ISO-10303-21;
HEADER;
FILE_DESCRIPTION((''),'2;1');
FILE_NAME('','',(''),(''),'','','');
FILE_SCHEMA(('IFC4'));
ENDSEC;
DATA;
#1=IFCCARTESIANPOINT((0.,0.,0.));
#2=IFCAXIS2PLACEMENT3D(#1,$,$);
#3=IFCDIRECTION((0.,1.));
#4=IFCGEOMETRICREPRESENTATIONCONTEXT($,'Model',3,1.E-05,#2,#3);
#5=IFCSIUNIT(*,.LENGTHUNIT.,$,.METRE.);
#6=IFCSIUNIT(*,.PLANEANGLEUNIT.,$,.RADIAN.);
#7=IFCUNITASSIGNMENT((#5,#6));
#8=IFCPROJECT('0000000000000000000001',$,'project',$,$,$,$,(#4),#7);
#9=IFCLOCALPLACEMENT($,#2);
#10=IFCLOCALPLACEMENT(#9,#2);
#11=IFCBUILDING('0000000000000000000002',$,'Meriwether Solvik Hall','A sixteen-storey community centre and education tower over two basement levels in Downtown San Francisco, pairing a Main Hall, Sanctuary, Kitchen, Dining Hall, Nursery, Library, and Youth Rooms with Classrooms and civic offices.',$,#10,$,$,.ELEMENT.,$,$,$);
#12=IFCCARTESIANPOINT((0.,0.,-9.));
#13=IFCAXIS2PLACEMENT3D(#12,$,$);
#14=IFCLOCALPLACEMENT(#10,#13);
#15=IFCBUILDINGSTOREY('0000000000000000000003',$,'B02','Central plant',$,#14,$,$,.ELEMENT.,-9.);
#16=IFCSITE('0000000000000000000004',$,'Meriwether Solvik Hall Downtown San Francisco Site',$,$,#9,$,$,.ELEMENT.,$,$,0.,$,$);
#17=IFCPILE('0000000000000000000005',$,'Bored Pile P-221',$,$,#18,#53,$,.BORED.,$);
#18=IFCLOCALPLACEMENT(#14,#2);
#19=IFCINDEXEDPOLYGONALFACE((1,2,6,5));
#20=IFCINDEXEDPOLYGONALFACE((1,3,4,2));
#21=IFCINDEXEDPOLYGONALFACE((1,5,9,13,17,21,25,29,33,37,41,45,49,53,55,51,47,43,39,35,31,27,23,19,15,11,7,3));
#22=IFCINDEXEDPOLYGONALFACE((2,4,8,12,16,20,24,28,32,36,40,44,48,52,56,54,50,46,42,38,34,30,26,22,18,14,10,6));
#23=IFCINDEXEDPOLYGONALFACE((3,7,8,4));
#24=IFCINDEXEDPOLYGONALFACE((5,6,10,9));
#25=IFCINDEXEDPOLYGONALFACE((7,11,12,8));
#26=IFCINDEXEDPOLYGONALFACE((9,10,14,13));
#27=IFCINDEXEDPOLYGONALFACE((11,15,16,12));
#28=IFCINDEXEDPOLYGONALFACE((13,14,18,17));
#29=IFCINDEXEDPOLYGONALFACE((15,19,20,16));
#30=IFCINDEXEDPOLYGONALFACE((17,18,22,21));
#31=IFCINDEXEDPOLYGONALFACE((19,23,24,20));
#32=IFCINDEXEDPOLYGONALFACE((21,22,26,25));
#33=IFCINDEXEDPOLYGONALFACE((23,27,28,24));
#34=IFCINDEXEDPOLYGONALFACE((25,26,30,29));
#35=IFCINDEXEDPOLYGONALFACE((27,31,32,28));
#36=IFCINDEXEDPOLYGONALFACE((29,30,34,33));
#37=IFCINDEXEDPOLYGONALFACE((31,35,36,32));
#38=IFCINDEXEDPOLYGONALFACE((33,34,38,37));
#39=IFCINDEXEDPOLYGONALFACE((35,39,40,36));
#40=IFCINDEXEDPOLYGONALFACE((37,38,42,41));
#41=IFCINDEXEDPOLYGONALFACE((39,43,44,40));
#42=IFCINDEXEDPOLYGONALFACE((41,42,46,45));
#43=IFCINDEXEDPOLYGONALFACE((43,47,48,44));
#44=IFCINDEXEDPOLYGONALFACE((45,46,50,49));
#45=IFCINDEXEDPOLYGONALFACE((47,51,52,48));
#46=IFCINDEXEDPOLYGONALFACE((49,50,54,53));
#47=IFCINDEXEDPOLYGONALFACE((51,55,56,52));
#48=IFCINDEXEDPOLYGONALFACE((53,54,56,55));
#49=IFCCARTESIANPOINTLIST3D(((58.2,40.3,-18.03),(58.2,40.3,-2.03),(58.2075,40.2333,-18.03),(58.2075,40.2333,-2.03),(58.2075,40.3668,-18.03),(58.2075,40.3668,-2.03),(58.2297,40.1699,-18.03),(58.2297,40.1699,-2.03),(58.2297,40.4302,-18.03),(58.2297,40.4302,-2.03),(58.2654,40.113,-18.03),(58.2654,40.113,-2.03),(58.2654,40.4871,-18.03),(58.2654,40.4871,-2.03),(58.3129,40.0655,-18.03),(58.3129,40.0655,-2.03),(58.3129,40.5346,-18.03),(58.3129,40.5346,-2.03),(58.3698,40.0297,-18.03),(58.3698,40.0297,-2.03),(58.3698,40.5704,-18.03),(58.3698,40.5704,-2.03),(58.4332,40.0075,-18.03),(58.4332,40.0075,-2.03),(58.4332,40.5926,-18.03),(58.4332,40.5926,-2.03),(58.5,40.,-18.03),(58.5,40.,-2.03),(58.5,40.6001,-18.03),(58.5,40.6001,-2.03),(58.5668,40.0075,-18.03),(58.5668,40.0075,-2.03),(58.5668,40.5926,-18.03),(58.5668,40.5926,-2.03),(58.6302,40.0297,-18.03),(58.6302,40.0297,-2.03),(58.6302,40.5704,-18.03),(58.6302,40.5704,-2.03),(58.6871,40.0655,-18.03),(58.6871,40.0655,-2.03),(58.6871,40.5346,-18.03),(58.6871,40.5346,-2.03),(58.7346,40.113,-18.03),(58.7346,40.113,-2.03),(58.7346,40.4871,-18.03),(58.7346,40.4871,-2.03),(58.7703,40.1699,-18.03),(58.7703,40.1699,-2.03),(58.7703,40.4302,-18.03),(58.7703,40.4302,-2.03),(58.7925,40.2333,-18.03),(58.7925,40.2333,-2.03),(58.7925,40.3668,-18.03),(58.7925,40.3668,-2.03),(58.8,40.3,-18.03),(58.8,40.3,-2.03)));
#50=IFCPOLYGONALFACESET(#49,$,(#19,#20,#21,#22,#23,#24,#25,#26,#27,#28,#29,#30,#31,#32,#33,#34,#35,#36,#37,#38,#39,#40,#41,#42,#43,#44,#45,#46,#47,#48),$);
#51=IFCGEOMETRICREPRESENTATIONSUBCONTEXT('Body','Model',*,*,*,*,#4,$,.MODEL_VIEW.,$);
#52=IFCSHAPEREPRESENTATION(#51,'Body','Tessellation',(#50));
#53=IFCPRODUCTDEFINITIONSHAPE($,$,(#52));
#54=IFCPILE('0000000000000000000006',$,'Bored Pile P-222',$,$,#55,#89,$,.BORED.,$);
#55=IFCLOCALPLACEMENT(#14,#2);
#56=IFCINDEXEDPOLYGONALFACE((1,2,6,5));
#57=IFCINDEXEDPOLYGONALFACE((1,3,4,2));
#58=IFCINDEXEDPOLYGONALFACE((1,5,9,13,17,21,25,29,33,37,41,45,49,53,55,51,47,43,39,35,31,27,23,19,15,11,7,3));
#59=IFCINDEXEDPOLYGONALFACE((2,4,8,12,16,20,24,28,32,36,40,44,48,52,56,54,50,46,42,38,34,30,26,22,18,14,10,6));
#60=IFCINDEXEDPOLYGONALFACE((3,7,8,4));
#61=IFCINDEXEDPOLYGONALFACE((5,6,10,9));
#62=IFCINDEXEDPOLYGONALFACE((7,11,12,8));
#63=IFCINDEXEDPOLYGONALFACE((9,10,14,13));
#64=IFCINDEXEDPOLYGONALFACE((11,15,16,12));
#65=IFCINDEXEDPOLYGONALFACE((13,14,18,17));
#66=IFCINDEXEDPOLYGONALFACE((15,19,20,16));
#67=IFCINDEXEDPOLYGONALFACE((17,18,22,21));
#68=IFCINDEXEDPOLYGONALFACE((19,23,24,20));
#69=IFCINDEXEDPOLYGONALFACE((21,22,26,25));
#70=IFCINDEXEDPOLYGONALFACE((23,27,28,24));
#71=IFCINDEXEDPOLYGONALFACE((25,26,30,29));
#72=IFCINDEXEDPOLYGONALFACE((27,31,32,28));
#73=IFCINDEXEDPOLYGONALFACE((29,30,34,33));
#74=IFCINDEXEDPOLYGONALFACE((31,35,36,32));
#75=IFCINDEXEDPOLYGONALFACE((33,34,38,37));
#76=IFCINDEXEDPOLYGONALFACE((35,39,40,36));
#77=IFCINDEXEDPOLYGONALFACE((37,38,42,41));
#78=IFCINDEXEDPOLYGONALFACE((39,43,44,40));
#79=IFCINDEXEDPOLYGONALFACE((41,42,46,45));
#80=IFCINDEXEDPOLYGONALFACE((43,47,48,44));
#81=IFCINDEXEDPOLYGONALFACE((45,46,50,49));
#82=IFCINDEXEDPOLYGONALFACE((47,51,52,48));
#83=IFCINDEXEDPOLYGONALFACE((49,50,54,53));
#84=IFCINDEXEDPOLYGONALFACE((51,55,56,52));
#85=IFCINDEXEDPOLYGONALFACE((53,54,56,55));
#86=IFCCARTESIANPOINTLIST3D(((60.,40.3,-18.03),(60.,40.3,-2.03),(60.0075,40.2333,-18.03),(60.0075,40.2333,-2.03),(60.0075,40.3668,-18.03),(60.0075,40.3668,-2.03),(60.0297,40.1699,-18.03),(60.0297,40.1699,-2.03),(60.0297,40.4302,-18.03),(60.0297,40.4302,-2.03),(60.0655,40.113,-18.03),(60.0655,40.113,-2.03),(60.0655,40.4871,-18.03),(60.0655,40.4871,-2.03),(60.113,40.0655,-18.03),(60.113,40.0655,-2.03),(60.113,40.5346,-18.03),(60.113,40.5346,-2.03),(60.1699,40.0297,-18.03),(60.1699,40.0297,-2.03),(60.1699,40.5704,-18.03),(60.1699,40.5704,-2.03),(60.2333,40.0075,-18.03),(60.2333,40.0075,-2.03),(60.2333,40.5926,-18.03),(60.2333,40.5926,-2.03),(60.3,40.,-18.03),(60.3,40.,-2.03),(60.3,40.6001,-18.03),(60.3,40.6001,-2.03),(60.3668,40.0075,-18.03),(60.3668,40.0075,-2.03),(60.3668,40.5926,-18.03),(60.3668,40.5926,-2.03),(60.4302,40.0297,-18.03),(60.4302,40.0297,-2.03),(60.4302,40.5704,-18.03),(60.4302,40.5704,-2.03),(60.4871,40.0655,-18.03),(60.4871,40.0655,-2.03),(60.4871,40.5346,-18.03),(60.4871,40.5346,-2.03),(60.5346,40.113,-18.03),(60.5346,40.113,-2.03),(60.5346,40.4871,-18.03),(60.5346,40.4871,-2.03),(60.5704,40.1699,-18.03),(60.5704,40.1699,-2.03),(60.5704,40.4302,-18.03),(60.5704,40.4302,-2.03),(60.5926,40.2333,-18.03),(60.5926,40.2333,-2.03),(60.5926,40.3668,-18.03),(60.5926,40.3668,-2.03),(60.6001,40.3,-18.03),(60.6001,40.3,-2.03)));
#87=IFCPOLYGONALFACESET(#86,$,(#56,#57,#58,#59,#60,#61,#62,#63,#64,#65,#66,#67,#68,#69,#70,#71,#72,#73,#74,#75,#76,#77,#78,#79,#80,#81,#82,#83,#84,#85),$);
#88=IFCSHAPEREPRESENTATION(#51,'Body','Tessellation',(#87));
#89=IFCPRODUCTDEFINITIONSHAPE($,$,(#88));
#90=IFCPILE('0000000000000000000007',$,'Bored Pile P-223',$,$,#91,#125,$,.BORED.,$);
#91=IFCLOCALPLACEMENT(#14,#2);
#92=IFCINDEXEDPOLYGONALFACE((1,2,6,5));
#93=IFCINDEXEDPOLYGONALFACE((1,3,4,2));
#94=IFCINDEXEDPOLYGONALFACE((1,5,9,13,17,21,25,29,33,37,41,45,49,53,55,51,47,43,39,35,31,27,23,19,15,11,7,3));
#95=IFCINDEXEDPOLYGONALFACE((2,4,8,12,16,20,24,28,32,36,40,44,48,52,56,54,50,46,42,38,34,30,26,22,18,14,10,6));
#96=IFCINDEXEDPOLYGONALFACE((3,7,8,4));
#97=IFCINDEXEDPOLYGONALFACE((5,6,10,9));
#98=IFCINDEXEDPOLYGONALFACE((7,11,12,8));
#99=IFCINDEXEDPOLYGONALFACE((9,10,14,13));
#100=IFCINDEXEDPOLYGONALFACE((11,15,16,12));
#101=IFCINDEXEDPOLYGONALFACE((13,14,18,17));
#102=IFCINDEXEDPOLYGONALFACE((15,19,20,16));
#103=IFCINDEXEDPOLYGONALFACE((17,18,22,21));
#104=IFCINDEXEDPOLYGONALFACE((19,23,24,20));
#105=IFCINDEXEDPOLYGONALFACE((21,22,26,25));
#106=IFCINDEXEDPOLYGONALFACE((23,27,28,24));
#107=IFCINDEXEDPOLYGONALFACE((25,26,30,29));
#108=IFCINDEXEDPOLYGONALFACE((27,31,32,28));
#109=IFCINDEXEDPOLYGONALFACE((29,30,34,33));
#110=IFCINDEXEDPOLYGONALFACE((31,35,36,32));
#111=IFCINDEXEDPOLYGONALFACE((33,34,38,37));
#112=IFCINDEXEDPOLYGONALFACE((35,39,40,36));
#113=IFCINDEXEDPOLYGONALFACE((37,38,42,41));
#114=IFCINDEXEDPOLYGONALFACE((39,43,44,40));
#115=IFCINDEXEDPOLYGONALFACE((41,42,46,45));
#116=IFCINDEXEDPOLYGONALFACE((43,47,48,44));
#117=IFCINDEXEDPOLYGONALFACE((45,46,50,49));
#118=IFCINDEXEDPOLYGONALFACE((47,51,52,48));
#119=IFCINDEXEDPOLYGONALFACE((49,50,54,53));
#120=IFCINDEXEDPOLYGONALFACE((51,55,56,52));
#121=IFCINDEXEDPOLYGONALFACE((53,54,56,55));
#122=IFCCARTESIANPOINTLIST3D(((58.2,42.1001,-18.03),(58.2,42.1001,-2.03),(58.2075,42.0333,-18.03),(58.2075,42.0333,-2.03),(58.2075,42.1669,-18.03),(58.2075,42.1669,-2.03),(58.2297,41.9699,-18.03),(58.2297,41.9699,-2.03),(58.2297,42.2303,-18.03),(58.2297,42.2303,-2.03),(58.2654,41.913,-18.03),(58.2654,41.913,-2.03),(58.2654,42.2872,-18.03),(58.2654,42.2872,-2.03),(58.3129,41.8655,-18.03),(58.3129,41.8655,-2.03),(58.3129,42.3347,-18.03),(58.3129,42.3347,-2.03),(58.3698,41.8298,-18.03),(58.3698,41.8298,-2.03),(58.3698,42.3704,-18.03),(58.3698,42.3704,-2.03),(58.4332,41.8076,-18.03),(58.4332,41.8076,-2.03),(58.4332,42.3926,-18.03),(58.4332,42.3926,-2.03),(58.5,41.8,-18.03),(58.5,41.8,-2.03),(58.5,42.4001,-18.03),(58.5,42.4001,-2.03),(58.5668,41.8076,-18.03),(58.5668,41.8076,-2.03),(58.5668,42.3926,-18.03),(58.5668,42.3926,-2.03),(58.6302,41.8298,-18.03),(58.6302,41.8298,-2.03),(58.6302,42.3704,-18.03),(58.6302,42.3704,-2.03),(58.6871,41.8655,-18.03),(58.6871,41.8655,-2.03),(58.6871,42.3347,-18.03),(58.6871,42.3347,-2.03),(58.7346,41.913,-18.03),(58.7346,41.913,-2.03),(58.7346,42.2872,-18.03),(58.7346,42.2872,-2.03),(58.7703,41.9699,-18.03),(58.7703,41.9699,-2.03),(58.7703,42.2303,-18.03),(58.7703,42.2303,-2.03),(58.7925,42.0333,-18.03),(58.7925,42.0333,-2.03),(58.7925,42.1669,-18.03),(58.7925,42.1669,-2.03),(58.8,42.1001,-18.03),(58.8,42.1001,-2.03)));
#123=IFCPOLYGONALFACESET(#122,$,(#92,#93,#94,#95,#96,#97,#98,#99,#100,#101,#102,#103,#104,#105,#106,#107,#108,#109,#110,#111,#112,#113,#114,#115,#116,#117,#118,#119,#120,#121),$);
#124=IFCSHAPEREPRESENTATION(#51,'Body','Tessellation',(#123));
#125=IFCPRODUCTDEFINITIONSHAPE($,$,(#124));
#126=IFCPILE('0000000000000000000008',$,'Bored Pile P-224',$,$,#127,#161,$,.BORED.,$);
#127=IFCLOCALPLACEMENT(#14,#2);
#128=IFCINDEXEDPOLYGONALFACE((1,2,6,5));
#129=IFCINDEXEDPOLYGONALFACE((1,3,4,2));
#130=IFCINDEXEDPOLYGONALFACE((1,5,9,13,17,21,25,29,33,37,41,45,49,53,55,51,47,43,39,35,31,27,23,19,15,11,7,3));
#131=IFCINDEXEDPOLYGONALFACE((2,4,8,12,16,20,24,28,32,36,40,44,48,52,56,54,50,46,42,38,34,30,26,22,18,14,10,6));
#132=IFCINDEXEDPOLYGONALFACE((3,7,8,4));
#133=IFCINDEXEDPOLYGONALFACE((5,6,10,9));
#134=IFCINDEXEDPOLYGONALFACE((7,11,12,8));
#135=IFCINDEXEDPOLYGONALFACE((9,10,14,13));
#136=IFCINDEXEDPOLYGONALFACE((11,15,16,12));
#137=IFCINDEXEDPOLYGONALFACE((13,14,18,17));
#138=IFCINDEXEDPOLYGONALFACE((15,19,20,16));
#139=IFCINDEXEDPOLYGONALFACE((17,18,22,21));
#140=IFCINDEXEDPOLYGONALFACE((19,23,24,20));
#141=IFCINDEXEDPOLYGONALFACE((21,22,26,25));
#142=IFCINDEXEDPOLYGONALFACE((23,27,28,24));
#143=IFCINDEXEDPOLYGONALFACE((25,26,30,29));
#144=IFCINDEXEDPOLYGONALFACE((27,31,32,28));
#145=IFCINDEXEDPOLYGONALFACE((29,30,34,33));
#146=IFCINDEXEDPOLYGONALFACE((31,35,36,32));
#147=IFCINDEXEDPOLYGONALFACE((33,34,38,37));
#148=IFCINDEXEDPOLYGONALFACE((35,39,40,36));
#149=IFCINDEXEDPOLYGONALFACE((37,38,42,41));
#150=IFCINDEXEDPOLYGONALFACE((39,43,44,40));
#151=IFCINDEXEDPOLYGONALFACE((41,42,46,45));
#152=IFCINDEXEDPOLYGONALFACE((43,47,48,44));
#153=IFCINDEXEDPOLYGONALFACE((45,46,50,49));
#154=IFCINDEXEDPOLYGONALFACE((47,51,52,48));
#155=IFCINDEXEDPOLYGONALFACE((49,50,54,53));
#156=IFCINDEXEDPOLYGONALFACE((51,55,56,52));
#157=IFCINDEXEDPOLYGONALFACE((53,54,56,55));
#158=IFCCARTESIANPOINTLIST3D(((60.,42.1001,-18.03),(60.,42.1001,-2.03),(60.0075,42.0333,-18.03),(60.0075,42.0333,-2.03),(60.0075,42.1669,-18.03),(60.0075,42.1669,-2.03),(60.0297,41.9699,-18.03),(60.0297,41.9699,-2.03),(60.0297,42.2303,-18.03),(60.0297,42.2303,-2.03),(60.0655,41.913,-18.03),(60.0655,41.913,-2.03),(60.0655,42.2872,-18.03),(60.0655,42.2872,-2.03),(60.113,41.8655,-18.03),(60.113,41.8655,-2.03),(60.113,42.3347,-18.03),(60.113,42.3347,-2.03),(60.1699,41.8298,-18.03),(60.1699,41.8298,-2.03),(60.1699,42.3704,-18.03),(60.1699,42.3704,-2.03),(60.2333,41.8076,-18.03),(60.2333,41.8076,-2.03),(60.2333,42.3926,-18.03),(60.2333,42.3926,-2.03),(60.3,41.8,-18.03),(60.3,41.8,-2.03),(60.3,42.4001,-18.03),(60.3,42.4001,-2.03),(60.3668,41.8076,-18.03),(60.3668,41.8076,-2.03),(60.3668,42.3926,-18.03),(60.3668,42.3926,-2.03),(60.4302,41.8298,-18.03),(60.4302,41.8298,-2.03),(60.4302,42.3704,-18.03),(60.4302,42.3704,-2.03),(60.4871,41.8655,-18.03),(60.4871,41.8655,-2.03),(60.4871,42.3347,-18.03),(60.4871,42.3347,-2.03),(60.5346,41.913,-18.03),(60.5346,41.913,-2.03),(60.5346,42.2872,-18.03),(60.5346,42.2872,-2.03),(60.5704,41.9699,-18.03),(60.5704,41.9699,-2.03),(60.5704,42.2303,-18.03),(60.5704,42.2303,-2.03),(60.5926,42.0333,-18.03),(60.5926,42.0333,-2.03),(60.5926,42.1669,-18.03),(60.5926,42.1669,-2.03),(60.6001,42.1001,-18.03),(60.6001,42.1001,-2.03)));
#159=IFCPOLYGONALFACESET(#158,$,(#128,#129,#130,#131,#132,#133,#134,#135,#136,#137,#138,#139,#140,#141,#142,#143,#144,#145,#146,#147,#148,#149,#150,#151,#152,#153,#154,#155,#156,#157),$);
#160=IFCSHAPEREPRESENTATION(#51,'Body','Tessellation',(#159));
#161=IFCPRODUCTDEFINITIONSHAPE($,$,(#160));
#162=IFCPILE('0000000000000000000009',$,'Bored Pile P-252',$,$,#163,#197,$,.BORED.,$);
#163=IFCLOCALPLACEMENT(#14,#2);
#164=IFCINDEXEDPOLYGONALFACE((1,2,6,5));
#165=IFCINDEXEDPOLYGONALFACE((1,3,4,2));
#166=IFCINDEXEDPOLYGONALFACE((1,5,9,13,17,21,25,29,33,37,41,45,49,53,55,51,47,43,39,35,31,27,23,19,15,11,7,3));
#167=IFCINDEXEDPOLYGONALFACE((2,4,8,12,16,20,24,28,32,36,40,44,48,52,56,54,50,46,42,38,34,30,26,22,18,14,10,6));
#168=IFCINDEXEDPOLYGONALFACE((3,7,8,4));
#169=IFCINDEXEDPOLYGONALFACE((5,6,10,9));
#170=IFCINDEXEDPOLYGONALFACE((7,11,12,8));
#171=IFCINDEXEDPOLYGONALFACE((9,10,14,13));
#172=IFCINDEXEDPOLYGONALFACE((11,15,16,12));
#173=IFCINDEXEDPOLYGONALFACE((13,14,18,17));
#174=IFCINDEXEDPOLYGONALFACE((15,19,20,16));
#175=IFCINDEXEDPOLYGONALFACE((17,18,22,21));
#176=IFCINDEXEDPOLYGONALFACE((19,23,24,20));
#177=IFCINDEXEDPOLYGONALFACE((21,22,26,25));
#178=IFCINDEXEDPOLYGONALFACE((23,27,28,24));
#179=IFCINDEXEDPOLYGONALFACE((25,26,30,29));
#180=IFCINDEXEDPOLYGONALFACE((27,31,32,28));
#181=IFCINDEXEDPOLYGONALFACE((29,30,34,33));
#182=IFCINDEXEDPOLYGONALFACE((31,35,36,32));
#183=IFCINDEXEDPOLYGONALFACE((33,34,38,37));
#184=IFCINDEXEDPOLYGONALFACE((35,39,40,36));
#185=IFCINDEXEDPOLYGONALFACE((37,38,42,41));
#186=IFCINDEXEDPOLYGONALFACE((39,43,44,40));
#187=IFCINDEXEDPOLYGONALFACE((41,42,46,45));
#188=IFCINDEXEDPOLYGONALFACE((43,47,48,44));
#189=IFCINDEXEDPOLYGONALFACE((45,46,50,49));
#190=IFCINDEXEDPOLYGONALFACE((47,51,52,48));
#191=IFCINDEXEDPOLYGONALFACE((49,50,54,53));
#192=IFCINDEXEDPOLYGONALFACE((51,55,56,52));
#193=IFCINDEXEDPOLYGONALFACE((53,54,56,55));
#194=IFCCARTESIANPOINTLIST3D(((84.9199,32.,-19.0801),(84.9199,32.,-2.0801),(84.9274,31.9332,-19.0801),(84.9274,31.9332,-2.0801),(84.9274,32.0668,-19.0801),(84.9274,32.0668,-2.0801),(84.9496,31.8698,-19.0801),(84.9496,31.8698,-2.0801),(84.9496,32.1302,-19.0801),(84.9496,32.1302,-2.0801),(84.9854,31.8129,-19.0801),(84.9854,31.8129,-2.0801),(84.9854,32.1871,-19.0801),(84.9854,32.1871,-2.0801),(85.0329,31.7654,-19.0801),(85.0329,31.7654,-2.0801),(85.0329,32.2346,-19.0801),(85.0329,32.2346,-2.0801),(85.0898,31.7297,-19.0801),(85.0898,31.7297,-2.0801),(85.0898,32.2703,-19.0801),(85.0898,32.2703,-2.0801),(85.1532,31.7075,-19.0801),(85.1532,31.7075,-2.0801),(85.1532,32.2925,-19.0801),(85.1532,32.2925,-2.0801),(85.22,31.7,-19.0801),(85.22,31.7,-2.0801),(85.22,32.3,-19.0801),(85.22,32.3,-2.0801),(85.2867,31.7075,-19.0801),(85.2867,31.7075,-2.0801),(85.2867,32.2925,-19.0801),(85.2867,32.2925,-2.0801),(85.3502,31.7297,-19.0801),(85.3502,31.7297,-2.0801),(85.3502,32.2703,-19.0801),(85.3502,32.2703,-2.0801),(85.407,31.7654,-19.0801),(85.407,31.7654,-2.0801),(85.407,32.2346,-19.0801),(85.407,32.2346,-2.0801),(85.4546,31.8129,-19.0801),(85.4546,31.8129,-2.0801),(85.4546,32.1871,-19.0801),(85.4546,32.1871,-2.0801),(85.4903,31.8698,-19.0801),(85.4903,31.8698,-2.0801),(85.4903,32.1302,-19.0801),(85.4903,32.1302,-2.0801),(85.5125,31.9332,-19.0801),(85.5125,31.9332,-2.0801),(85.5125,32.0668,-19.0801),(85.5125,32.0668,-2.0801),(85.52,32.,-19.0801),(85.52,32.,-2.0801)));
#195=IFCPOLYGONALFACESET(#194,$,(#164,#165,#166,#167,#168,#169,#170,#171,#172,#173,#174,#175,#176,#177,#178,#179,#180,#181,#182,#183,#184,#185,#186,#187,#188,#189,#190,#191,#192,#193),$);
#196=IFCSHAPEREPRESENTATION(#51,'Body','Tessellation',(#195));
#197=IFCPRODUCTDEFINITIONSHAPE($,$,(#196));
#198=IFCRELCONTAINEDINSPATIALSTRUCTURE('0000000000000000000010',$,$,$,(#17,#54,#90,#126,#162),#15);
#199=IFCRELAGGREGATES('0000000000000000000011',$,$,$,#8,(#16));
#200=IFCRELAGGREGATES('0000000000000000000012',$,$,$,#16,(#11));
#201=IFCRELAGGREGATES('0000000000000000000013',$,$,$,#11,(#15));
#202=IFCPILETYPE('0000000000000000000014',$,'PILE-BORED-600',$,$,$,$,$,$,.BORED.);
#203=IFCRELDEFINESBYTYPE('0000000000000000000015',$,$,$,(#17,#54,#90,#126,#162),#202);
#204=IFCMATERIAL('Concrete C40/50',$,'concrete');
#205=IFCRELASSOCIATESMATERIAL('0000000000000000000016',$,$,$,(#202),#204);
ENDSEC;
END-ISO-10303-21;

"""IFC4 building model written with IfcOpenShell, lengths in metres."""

from ifc_helpers import new_model, si_unit, direction, frame, origin, origin_2d, place, context, subcontext, project, spatial, circle, extrude, material, material_profile, profile_set, type_object, element, save


model = new_model("IFC4")

# Units and contexts
model_context = context("Model", 3, precision=1e-05, world=origin(), true_north=direction((0.0, 1.0)))
body_context = subcontext(model_context, "Body", "Model", "MODEL_VIEW")
ifc_project = project(units=[si_unit("LENGTHUNIT", "METRE"), si_unit("PLANEANGLEUNIT", "RADIAN")], contexts=[model_context])

# Site, building, storey
site_placement = place(None, origin())
site = spatial("IfcSite", under=ifc_project, at=site_placement, Name="Meriwether Solvik Hall Downtown San Francisco Site", CompositionType="ELEMENT", RefElevation=0.0)
building_placement = place(site_placement, origin())
building = spatial("IfcBuilding", under=site, at=building_placement, Name="Meriwether Solvik Hall", Description="A sixteen-storey community centre and education tower over two basement levels in Downtown San Francisco, pairing a Main Hall, Sanctuary, Kitchen, Dining Hall, Nursery, Library, and Youth Rooms with Classrooms and civic offices.", CompositionType="ELEMENT")
storey_placement = place(building_placement, frame((0.0, 0.0, -9.0)))
storey = spatial("IfcBuildingStorey", under=building, at=storey_placement, Name="B02", Description="Central plant", CompositionType="ELEMENT", Elevation=-9.0)

# Piles
ifc_material_1 = material(Name="Concrete C40/50", Category="concrete")
ifc_material_profile_1 = material_profile(ifc_material_1, circle(Radius=0.3, at=origin_2d()), Name="PILE-D600")
ifc_profile_set_1 = profile_set([ifc_material_profile_1], Name="Concrete C40/50")
pile_type_1 = type_object("IfcPileType", Name="PILE-BORED-600", PredefinedType="BORED", material=ifc_profile_set_1)
for number, where, z_axis, x_axis, name in (
    (1, (58.5, 40.3, -2.03), (0.0, 0.0, -1.0), (1.0, 0.0, 0.0), "Bored Pile P-221"),
    (2, (60.3, 40.3, -2.03), (0.0, 0.0, -1.0), (1.0, 0.0, 0.0), "Bored Pile P-222"),
    (3, (58.5, 42.1001, -2.03), (0.0, 0.0, -1.0), (1.0, 0.0, 0.0), "Bored Pile P-223"),
    (4, (60.3, 42.1001, -2.03), (0.0, 0.0, -1.0), (1.0, 0.0, 0.0), "Bored Pile P-224"),
):
    element("IfcPile", number, at=place(storey_placement, frame(where, z_axis=z_axis, x_axis=x_axis)), inside=storey, type_object=pile_type_1, Name=name, PredefinedType="BORED", context=body_context, shape_type="SweptSolid", body=[
        extrude(circle(Radius=0.3, at=origin_2d()), origin(), (0.0, 0.0, 1.0), 16.0),
    ])
pile_1_placement = place(storey_placement, frame((85.22, 32.0, -2.0801), z_axis=(0.0, 0.0, -1.0), x_axis=(1.0, 0.0, 0.0)))
element("IfcPile", 5, at=pile_1_placement, inside=storey, type_object=pile_type_1, Name="Bored Pile P-252", PredefinedType="BORED", context=body_context, shape_type="SweptSolid", body=[
    extrude(circle(Radius=0.3, at=origin_2d()), origin(), (0.0, 0.0, 1.0), 17.0),
])

save(model, "model.ifc")
